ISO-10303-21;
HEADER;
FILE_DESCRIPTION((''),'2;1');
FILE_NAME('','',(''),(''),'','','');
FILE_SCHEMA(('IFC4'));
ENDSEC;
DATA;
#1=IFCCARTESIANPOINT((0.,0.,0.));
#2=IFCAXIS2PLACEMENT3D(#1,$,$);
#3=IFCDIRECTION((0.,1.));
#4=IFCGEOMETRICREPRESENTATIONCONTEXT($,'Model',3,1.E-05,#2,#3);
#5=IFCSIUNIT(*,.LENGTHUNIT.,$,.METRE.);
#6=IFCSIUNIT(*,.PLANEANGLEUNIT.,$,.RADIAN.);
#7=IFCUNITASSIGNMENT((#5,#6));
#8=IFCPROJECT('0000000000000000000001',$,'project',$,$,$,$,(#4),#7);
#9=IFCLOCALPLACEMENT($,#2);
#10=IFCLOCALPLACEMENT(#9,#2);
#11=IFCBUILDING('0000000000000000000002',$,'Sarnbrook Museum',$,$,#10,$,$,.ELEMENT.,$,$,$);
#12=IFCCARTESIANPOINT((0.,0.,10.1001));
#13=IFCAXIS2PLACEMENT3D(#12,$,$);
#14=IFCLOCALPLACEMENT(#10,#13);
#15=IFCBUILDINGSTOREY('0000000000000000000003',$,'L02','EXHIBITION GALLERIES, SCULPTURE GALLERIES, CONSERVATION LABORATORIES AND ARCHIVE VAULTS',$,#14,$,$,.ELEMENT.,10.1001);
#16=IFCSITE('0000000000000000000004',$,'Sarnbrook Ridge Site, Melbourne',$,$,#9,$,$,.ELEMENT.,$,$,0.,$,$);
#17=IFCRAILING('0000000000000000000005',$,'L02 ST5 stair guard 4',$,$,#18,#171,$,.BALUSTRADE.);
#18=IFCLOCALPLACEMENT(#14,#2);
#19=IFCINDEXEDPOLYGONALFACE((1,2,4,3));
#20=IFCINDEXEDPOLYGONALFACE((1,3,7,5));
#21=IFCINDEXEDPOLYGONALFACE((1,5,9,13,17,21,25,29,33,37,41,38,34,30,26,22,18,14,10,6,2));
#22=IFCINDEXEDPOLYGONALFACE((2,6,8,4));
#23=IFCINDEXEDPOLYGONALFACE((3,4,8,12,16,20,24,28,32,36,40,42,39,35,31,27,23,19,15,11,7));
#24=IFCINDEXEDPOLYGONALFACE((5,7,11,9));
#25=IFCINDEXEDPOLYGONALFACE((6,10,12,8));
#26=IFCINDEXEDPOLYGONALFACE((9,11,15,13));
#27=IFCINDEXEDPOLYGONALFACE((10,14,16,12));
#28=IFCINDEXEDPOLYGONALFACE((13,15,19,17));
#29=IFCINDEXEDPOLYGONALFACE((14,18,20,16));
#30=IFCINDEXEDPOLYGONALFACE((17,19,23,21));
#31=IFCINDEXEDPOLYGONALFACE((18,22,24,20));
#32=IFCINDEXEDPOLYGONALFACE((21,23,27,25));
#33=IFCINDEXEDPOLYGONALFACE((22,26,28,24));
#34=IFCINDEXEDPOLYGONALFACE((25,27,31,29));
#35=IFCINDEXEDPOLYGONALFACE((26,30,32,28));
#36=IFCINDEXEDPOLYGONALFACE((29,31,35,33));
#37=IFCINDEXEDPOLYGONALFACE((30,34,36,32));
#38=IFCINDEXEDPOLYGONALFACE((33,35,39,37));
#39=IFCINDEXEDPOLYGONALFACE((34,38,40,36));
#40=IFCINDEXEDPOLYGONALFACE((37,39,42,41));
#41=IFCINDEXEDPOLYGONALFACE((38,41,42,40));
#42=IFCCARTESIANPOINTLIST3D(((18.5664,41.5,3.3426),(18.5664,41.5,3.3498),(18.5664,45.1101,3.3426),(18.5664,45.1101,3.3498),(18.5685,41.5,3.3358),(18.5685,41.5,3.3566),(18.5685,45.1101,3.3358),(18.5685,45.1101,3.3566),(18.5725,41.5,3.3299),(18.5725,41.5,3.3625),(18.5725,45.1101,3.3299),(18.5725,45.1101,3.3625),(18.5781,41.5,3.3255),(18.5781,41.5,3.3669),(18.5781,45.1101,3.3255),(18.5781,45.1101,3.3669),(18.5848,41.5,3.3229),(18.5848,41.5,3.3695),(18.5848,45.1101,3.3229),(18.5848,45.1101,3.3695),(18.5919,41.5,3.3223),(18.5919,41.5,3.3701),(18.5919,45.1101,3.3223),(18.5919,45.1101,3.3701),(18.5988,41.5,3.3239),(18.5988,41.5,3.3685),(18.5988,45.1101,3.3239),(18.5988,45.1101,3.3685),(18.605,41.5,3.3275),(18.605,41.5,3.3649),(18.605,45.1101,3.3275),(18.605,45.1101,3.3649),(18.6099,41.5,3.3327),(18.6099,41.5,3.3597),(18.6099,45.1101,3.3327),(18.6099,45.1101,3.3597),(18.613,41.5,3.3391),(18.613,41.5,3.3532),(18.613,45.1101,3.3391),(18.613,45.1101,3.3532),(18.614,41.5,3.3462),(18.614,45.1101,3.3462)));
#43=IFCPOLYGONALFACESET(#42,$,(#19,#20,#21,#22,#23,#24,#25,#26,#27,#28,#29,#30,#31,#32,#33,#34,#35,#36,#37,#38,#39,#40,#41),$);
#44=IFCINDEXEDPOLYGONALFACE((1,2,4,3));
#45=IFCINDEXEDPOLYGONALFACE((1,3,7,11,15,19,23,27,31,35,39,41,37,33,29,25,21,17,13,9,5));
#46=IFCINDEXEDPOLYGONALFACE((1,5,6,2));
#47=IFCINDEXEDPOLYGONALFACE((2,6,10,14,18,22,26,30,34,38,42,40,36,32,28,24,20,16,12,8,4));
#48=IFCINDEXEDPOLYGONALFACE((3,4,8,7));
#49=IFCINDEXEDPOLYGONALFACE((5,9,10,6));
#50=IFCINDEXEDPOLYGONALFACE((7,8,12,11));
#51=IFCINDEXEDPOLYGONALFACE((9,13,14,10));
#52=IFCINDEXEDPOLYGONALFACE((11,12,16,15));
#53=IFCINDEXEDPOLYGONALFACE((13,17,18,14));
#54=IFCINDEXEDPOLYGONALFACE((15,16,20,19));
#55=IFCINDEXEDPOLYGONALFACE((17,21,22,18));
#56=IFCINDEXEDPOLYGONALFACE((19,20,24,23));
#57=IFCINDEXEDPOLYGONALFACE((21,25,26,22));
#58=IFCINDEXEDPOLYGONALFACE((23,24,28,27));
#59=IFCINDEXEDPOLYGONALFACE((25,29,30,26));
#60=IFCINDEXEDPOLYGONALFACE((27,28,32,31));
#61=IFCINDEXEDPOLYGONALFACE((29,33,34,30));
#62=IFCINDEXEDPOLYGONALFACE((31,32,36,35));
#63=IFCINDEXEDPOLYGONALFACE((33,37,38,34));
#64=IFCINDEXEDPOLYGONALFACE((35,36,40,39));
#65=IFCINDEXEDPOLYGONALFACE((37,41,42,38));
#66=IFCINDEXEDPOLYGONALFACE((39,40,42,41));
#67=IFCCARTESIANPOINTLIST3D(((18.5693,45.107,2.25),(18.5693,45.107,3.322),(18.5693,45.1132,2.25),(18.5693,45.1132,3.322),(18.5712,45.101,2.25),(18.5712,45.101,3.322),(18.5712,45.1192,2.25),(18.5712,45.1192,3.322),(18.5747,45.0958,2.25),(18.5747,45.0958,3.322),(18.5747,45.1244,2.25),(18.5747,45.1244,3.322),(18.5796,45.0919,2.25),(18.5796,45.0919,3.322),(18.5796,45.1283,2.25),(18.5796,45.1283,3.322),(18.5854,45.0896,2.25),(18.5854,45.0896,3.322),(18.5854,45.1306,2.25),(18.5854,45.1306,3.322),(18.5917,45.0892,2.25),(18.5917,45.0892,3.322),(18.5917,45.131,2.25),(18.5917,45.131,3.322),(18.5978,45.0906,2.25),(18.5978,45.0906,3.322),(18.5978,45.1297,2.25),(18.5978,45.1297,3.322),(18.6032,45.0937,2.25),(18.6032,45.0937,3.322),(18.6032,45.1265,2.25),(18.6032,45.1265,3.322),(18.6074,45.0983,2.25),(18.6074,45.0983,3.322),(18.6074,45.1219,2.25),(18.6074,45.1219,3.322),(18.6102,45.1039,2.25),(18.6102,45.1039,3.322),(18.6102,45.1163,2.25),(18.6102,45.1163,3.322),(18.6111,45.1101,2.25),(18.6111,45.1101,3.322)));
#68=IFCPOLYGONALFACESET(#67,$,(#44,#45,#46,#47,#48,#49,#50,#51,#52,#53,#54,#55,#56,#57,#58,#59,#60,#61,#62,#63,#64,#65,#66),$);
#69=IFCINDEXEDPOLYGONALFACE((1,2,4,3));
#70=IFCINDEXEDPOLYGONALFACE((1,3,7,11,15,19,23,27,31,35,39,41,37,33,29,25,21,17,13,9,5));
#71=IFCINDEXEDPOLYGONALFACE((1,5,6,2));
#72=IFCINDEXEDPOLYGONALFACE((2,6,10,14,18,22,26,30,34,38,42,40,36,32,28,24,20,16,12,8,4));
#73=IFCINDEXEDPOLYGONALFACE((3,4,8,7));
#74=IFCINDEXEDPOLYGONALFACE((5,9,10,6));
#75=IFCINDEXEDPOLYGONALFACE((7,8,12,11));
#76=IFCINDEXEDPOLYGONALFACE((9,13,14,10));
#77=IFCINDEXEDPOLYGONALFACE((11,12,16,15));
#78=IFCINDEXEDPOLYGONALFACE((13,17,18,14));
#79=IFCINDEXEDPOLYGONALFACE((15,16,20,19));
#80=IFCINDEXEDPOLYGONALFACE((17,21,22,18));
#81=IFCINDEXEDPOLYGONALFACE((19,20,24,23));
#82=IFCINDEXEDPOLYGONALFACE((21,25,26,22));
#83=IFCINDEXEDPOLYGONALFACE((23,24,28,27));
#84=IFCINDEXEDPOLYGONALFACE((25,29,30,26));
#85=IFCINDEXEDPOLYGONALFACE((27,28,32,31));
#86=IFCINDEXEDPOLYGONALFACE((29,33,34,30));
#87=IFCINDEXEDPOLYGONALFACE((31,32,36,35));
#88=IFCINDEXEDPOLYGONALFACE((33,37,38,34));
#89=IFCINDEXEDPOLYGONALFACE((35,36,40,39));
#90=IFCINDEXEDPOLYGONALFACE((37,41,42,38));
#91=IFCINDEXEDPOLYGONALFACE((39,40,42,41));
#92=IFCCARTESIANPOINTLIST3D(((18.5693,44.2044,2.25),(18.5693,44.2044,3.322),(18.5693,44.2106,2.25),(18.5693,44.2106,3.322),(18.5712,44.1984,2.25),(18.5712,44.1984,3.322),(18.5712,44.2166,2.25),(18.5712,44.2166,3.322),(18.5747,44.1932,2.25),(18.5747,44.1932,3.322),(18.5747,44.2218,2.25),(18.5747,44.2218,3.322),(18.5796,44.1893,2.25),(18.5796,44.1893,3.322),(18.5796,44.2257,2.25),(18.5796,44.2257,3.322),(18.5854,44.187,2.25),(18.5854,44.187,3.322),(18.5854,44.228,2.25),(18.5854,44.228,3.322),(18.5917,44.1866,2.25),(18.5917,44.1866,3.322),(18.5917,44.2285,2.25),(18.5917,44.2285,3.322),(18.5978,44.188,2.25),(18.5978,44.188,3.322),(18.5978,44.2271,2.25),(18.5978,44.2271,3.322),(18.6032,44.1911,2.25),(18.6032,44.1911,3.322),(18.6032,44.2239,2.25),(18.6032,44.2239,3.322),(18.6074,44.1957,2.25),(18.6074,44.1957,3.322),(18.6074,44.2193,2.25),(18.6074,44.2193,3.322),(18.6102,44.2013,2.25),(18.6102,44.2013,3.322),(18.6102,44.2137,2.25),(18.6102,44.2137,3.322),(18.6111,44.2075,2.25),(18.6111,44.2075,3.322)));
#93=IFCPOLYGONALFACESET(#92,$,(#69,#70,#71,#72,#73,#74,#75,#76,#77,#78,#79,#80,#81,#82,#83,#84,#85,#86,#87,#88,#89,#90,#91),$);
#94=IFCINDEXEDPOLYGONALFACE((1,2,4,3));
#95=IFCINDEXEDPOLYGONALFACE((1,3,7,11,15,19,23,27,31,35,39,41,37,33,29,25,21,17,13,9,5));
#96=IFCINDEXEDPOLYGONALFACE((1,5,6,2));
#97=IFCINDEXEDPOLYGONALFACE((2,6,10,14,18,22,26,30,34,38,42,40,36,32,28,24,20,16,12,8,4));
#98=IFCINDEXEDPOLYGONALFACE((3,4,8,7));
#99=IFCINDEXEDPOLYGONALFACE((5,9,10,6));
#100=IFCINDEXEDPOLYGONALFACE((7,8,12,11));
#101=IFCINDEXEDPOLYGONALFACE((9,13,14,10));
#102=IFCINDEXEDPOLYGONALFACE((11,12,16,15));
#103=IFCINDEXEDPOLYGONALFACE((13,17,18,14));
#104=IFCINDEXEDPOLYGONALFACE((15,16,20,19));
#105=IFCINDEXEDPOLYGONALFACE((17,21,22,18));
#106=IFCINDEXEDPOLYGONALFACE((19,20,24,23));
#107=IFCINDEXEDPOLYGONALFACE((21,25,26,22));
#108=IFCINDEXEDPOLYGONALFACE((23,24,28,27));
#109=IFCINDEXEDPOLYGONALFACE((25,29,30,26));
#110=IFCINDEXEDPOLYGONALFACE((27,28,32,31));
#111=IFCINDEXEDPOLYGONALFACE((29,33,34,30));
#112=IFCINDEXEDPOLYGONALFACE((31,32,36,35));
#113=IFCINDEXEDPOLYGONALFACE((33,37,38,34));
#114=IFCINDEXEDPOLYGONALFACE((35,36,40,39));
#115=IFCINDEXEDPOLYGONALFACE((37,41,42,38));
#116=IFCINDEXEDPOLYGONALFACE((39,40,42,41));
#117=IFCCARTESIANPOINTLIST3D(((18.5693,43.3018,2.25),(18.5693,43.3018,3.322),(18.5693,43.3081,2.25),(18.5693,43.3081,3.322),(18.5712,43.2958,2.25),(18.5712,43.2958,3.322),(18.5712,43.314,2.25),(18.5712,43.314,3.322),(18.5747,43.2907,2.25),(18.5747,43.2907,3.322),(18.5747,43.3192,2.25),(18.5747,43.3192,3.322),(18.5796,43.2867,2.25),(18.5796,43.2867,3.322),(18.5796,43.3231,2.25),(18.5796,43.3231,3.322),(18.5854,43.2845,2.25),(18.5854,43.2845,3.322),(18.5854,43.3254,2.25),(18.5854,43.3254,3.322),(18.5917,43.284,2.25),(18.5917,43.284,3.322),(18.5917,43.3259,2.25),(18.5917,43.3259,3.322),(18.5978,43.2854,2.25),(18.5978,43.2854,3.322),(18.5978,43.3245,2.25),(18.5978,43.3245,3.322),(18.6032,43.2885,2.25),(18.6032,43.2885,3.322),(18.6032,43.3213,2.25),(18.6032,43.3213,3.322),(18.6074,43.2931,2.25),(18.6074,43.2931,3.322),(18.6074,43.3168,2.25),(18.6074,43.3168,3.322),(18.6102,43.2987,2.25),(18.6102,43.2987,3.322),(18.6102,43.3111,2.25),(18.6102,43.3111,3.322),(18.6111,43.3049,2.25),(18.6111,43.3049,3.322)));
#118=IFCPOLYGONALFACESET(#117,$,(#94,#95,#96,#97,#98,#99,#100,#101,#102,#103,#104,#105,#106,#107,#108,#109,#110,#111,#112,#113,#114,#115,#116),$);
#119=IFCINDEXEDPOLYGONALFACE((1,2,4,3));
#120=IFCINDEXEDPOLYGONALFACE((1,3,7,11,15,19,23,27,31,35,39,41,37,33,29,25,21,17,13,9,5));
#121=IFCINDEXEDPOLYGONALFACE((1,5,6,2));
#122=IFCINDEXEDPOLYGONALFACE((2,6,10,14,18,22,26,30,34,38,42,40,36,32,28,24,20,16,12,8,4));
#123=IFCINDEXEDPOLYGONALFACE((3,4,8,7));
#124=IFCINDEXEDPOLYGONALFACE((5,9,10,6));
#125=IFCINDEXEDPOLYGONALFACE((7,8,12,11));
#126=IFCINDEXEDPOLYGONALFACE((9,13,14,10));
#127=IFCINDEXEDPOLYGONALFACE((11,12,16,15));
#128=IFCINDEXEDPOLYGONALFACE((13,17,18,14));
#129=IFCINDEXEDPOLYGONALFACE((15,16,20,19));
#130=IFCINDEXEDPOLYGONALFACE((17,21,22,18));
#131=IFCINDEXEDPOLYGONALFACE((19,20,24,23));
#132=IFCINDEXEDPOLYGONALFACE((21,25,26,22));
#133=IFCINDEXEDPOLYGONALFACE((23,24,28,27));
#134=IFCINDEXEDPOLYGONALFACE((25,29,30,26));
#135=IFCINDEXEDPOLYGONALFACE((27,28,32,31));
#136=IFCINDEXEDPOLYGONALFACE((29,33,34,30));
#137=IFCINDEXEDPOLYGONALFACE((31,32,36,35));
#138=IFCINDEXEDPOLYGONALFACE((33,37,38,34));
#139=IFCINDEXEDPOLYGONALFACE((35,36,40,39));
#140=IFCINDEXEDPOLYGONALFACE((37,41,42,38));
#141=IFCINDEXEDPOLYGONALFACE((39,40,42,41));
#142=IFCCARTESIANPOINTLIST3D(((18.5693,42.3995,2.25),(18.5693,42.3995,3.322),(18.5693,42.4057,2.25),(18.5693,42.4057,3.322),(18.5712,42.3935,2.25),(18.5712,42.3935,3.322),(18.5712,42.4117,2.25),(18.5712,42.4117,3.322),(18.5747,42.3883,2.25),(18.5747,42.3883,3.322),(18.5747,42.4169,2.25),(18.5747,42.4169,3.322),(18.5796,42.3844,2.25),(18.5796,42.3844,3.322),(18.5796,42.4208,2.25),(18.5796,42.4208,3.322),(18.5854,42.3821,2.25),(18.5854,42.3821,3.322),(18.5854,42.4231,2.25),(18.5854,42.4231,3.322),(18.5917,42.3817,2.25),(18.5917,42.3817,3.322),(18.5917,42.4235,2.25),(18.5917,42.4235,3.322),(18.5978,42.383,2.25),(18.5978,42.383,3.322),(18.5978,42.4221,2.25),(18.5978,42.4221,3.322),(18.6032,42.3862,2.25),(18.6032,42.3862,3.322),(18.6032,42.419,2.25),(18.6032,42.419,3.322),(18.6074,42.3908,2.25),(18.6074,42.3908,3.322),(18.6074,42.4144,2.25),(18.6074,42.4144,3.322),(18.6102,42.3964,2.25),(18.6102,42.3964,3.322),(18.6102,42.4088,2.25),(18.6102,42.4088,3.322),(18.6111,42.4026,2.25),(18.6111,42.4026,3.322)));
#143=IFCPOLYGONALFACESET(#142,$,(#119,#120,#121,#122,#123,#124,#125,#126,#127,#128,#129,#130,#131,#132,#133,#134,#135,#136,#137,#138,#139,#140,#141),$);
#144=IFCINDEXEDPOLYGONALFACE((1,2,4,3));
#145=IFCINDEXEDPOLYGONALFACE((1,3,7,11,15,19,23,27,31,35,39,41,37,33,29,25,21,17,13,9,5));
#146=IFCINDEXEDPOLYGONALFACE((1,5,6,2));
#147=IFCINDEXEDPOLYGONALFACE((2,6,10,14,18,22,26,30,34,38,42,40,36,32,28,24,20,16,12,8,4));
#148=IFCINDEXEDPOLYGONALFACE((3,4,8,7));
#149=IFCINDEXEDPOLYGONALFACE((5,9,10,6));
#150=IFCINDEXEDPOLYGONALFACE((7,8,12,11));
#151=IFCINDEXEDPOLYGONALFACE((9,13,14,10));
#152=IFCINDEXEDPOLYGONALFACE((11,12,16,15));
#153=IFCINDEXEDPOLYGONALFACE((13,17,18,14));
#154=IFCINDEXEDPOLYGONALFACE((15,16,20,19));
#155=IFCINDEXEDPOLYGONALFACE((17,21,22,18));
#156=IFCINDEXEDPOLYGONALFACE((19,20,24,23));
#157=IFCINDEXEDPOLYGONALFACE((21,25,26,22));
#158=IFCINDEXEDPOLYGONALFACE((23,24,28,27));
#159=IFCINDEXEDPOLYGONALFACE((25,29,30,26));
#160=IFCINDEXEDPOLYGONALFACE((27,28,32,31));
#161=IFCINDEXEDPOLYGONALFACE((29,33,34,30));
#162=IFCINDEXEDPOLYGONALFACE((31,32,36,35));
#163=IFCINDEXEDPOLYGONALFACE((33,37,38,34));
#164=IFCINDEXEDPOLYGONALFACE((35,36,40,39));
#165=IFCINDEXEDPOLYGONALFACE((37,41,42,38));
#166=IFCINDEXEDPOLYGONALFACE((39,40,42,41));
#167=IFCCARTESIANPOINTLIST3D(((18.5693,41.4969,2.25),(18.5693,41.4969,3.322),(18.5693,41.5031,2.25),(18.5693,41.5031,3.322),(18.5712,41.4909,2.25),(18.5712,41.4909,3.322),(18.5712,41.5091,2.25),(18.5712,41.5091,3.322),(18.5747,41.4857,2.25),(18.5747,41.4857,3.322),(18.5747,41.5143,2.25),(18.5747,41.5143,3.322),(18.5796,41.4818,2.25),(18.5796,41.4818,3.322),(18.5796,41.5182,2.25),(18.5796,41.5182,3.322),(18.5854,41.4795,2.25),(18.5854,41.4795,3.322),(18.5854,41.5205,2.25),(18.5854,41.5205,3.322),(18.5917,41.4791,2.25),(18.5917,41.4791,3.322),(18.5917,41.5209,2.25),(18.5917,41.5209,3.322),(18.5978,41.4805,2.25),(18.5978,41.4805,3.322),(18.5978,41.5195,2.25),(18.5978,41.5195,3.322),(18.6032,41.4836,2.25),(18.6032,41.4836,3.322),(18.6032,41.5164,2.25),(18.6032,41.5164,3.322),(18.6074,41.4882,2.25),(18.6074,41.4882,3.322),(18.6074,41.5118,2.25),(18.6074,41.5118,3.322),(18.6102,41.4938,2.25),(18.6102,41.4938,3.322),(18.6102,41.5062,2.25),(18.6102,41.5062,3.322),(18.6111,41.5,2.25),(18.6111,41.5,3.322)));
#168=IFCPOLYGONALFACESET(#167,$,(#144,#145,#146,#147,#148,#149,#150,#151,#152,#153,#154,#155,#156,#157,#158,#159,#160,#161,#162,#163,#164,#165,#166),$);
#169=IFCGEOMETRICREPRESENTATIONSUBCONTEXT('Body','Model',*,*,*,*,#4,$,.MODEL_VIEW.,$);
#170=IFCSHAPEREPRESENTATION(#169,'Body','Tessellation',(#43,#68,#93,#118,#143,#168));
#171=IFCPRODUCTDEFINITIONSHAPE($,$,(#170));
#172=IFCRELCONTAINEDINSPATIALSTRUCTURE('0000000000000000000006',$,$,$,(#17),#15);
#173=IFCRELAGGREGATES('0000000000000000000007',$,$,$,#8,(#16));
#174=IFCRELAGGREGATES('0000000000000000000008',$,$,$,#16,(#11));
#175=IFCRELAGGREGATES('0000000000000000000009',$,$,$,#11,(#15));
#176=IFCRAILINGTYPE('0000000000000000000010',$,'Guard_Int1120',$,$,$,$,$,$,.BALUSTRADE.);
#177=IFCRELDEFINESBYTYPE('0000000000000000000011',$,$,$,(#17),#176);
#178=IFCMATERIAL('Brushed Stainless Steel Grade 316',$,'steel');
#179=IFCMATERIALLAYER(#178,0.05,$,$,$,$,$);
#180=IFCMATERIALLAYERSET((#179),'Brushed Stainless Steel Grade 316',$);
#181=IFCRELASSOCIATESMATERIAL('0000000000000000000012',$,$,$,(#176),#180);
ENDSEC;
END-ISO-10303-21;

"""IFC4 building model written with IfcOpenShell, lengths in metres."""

from ifc_helpers import new_model, si_unit, direction, frame, origin, origin_2d, place, context, subcontext, project, spatial, circle, extrude, material, layer, layer_set, type_object, element, save


model = new_model("IFC4")

# Units and contexts
model_context = context("Model", 3, precision=1e-05, world=origin(), true_north=direction((0.0, 1.0)))
body_context = subcontext(model_context, "Body", "Model", "MODEL_VIEW")
ifc_project = project(units=[si_unit("LENGTHUNIT", "METRE"), si_unit("PLANEANGLEUNIT", "RADIAN")], contexts=[model_context])

# Site, building, storey
site_placement = place(None, origin())
site = spatial("IfcSite", under=ifc_project, at=site_placement, Name="Sarnbrook Ridge Site, Melbourne", CompositionType="ELEMENT", RefElevation=0.0)
building_placement = place(site_placement, origin())
building = spatial("IfcBuilding", under=site, at=building_placement, Name="Sarnbrook Museum", CompositionType="ELEMENT")
storey_placement = place(building_placement, frame((0.0, 0.0, 10.1001)))
storey = spatial("IfcBuildingStorey", under=building, at=storey_placement, Name="L02", Description="EXHIBITION GALLERIES, SCULPTURE GALLERIES, CONSERVATION LABORATORIES AND ARCHIVE VAULTS", CompositionType="ELEMENT", Elevation=10.1001)

# Railing
ifc_material_1 = material(Name="Brushed Stainless Steel Grade 316", Category="steel")
ifc_layer_1 = layer(ifc_material_1, 0.05)
ifc_layer_set_1 = layer_set([ifc_layer_1], Name="Brushed Stainless Steel Grade 316")
railing_type_1 = type_object("IfcRailingType", Name="Guard_Int1120", PredefinedType="BALUSTRADE", material=ifc_layer_set_1)
for number, where, name in (
    (1, (18.5901, 45.1101, 2.25), "L02 ST5 stair guard 4"),
):
    element("IfcRailing", number, at=place(storey_placement, frame(where)), inside=storey, type_object=railing_type_1, Name=name, PredefinedType="BALUSTRADE", context=body_context, shape_type="SweptSolid", body=[
        extrude(circle(Radius=0.0239, at=origin_2d()), frame((0.0, 0.0, 1.0962), z_axis=(0.0, -1.0, 0.0), x_axis=(1.0, 0.0, 0.0)), (0.0, 0.0, 1.0), 3.6101),
        extrude(circle(Radius=0.021, at=origin_2d()), origin(), (0.0, 0.0, 1.0), 1.072),
        extrude(circle(Radius=0.021, at=origin_2d()), frame((0.0, -0.9026, 0.0)), (0.0, 0.0, 1.0), 1.072),
        extrude(circle(Radius=0.021, at=origin_2d()), frame((0.0, -1.8052, 0.0)), (0.0, 0.0, 1.0), 1.072),
        extrude(circle(Radius=0.021, at=origin_2d()), frame((0.0, -2.7075, 0.0)), (0.0, 0.0, 1.0), 1.072),
        extrude(circle(Radius=0.021, at=origin_2d()), frame((0.0, -3.6101, 0.0)), (0.0, 0.0, 1.0), 1.072),
    ])

save(model, "model.ifc")
